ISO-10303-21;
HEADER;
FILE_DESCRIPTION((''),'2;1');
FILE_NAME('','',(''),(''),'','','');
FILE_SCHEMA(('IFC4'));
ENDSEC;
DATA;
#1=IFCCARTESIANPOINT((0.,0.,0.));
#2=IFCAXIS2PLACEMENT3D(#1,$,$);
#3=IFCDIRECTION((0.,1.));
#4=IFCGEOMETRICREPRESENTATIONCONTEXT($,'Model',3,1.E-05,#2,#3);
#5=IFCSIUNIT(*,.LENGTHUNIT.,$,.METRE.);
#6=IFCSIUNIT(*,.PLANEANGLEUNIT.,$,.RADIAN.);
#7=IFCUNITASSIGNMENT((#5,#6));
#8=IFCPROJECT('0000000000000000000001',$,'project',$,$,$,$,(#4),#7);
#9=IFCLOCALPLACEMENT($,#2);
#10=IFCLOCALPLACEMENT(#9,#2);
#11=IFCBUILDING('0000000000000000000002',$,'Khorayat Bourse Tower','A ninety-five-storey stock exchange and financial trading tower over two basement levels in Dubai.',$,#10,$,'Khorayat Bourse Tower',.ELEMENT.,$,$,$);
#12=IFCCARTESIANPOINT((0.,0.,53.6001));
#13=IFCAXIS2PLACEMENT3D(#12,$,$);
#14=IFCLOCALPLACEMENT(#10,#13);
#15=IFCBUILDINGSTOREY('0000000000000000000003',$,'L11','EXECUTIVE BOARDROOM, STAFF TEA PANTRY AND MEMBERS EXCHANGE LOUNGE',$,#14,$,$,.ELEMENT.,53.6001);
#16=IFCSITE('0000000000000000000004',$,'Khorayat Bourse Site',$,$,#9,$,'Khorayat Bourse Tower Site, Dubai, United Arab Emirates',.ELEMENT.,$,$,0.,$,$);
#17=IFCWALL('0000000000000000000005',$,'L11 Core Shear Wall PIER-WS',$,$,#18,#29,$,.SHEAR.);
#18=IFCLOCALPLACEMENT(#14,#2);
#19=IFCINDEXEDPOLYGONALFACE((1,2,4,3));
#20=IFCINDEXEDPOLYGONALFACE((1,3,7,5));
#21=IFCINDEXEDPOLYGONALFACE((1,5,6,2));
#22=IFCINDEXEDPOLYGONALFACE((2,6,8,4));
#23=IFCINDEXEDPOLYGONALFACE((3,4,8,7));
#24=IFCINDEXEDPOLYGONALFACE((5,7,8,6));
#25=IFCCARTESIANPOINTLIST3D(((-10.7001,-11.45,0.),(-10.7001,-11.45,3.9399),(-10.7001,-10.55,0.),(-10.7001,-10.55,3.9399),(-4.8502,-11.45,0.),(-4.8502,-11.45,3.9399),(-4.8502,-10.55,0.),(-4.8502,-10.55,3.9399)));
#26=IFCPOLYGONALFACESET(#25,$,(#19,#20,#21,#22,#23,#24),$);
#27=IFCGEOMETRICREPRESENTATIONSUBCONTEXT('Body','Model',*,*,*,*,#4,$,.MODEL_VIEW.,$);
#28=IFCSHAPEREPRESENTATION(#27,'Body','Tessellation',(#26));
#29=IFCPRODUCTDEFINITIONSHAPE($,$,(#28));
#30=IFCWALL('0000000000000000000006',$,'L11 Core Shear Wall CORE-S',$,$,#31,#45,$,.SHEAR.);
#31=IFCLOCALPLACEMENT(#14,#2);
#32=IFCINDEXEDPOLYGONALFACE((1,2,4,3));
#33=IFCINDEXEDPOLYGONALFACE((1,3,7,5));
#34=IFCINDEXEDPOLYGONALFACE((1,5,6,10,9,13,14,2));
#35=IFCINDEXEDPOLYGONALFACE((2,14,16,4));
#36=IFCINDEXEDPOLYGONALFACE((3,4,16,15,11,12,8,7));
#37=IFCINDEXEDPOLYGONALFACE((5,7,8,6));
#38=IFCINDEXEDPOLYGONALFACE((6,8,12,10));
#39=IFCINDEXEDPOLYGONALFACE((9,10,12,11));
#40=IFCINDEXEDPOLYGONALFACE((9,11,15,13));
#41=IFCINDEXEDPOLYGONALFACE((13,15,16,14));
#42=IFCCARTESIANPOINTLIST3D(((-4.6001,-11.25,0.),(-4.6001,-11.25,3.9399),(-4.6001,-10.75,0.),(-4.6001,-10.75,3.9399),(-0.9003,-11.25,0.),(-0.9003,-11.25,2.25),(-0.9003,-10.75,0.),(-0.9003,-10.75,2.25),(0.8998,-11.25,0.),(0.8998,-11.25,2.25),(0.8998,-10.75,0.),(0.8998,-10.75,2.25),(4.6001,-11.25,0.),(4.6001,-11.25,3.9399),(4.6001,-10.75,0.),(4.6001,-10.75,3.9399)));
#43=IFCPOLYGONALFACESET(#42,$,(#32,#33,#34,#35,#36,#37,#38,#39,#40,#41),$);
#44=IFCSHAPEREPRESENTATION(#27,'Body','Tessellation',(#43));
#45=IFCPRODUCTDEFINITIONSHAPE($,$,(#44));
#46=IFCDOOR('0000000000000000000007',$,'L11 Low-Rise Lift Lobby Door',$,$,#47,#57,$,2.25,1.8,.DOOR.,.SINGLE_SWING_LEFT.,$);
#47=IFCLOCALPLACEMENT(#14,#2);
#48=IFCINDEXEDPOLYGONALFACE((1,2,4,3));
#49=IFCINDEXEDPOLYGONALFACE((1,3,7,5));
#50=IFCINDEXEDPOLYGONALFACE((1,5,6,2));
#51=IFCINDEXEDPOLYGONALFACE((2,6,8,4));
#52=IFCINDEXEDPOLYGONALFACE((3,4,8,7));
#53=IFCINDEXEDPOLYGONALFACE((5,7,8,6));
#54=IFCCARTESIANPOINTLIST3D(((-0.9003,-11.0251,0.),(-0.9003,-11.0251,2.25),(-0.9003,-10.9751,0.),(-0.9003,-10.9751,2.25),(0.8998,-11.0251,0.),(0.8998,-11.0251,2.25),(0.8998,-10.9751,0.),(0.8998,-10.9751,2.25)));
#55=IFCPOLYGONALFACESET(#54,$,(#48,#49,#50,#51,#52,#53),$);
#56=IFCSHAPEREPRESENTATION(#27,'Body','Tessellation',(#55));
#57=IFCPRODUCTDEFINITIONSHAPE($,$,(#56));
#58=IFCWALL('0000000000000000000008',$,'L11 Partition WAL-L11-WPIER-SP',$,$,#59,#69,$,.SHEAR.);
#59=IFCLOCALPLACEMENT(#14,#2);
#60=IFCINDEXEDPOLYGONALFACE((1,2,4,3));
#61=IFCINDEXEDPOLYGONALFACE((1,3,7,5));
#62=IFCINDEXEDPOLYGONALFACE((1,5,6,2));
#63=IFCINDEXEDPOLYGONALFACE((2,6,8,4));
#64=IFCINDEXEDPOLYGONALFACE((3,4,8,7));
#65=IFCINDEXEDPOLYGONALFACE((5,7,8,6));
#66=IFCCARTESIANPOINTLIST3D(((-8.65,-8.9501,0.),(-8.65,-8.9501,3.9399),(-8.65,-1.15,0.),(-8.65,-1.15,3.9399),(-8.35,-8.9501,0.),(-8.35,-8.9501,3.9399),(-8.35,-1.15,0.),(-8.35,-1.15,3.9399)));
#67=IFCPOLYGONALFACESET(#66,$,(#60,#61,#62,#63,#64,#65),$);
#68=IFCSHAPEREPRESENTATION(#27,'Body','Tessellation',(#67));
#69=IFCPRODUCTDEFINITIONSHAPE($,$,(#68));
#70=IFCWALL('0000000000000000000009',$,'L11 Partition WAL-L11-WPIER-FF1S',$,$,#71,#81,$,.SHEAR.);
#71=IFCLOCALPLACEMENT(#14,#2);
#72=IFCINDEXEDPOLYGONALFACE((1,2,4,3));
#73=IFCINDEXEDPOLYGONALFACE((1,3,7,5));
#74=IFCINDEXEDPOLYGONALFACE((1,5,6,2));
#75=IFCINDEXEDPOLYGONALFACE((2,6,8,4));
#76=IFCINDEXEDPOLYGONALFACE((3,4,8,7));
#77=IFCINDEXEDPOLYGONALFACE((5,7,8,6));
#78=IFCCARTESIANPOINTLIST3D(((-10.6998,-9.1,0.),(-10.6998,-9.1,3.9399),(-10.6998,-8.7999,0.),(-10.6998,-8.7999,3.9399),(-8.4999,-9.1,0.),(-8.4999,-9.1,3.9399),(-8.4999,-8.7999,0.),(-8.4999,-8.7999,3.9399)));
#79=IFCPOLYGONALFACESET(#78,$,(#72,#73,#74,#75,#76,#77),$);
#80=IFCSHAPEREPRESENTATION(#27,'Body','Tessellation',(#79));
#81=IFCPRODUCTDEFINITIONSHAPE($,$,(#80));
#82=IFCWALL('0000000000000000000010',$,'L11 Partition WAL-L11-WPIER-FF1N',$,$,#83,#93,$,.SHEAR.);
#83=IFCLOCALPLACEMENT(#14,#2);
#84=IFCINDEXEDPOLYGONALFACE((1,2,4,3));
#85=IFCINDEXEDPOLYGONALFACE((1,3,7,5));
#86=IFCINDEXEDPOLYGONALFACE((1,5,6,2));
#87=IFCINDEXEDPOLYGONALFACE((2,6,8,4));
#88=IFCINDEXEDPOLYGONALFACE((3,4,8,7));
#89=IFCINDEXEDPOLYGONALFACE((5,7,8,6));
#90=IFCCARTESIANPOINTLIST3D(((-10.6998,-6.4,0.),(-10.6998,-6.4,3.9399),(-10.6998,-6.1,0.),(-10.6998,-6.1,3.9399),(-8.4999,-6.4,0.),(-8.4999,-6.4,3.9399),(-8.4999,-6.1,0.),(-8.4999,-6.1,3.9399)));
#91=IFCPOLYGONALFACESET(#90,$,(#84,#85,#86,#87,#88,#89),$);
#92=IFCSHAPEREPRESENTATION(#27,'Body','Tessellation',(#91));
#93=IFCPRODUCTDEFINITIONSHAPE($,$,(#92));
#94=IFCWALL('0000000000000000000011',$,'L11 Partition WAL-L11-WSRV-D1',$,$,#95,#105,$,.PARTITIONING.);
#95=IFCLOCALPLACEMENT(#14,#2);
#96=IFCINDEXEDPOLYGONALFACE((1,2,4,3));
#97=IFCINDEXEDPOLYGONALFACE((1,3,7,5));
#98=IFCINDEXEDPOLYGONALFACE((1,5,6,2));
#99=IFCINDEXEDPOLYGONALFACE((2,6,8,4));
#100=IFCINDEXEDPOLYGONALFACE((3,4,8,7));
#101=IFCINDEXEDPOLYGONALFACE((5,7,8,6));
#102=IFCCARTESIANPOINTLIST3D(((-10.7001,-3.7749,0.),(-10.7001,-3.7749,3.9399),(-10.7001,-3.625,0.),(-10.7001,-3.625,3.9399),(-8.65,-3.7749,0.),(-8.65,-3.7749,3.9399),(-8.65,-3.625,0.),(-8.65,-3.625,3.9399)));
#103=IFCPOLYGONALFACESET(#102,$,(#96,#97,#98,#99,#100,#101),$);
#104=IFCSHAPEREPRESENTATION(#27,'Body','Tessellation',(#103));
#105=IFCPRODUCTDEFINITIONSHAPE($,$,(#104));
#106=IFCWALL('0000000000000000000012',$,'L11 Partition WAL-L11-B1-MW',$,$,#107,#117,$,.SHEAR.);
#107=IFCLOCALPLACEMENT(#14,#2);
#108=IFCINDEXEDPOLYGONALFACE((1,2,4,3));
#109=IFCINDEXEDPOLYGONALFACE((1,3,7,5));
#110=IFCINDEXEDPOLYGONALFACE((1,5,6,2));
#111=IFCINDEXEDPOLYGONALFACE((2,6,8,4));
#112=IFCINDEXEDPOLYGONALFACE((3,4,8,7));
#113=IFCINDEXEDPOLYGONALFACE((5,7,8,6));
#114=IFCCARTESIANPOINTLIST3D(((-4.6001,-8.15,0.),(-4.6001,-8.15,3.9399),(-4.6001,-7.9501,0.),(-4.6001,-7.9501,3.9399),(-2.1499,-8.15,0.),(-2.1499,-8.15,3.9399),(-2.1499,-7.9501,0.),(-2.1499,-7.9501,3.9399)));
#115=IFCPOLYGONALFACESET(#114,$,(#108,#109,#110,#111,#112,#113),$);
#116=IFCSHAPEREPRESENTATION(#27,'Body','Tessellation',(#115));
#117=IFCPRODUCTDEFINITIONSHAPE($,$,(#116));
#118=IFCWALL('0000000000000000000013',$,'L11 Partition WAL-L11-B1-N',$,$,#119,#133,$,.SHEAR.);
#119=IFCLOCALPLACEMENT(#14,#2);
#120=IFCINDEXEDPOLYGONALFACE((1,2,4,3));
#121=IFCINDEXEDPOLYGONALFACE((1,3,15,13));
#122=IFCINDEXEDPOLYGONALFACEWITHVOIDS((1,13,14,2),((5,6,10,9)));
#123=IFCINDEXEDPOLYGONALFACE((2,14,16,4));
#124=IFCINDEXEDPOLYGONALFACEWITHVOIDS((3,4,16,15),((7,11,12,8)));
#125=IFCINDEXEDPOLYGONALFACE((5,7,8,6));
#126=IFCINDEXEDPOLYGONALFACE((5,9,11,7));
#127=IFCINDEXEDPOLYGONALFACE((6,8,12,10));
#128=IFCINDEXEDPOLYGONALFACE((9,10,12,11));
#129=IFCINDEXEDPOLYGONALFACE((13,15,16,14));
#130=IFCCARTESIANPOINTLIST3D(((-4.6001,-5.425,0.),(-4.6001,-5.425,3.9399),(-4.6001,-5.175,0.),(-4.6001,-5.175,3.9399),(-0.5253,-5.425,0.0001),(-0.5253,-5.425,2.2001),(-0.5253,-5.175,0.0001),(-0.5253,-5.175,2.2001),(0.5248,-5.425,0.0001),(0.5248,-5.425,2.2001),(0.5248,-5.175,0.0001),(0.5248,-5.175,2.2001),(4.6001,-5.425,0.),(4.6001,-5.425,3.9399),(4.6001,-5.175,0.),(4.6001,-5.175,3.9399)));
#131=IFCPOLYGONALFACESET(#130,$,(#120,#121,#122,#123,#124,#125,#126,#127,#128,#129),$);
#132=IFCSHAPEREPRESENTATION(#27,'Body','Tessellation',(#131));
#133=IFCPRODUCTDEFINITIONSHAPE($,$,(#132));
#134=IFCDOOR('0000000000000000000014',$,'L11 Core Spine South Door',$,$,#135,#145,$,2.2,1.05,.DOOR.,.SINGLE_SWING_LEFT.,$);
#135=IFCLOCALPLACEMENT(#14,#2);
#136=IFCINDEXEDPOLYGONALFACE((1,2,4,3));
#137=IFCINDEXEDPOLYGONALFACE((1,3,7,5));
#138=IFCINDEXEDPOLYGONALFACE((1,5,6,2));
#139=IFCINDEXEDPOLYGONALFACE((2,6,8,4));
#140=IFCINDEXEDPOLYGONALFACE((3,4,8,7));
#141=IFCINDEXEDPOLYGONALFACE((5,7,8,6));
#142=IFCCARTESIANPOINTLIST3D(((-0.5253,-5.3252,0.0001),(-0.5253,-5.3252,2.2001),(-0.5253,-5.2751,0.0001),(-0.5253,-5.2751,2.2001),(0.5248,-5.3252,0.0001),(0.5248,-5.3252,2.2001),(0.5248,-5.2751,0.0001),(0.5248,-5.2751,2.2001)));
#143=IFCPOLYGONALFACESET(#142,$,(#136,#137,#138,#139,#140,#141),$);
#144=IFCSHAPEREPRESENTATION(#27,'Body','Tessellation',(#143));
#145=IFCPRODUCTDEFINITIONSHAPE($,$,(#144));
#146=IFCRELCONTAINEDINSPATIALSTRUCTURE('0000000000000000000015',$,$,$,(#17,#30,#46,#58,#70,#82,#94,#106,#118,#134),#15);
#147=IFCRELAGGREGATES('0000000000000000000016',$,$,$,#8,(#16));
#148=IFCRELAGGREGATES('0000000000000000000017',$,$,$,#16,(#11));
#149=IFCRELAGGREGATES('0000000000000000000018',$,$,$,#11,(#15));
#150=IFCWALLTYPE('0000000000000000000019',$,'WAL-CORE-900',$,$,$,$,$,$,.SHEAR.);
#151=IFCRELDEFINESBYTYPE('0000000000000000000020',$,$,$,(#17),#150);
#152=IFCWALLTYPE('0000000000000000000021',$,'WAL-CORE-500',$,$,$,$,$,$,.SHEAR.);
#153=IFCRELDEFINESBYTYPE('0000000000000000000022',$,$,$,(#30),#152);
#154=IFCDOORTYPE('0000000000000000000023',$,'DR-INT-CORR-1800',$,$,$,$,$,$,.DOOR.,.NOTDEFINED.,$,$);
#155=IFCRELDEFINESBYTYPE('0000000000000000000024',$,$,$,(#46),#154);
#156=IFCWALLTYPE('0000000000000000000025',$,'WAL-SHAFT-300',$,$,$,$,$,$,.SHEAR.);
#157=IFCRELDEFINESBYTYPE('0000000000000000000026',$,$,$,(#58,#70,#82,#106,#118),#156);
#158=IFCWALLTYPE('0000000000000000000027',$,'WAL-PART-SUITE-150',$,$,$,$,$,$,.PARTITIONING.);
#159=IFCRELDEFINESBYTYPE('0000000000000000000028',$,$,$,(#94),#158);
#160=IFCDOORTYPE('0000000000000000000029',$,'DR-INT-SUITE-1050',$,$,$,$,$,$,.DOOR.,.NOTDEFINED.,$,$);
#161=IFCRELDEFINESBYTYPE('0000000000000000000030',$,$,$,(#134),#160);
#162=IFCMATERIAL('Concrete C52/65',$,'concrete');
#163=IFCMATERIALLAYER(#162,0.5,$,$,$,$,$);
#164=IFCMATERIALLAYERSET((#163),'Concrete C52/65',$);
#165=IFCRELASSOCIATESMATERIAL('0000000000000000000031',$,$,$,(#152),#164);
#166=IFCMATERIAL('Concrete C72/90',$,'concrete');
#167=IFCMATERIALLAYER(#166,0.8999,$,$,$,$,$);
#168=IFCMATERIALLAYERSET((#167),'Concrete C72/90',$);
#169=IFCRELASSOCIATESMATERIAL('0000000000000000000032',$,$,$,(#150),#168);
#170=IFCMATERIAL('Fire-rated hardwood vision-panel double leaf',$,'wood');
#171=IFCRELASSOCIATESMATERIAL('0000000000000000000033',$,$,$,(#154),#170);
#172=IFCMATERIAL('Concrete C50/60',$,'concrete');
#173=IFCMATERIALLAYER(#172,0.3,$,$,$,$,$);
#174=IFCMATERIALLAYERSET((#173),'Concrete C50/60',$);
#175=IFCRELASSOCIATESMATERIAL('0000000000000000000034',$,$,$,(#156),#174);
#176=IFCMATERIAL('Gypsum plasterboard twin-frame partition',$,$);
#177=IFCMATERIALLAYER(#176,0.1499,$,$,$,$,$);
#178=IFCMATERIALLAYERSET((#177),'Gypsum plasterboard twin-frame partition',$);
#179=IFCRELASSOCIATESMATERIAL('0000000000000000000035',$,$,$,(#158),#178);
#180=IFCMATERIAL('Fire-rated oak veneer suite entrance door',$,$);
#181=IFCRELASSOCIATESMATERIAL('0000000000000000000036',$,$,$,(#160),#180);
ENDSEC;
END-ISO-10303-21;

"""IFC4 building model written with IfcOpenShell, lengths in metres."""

from ifc_helpers import new_model, si_unit, direction, frame, frame_2d, origin, place, context, subcontext, project, spatial, rectangle, extrude, source, transform, mapped, material, layer, layer_set, type_object, element, fill, save


model = new_model("IFC4")

# Units and contexts
model_context = context("Model", 3, precision=1e-05, world=origin(), true_north=direction((0.0, 1.0)))
body_context = subcontext(model_context, "Body", "Model", "MODEL_VIEW")
ifc_project = project(units=[si_unit("LENGTHUNIT", "METRE"), si_unit("PLANEANGLEUNIT", "RADIAN")], contexts=[model_context])

# Site, building, storey
site_placement = place(None, origin())
site = spatial("IfcSite", under=ifc_project, at=site_placement, Name="Khorayat Bourse Site", LongName="Khorayat Bourse Tower Site, Dubai, United Arab Emirates", CompositionType="ELEMENT", RefElevation=0.0)
building_placement = place(site_placement, origin())
building = spatial("IfcBuilding", under=site, at=building_placement, Name="Khorayat Bourse Tower", Description="A ninety-five-storey stock exchange and financial trading tower over two basement levels in Dubai.", LongName="Khorayat Bourse Tower", CompositionType="ELEMENT")
storey_placement = place(building_placement, frame((0.0, 0.0, 53.6001)))
storey = spatial("IfcBuildingStorey", under=building, at=storey_placement, Name="L11", Description="EXECUTIVE BOARDROOM, STAFF TEA PANTRY AND MEMBERS EXCHANGE LOUNGE", CompositionType="ELEMENT", Elevation=53.6001)

# Shared definitions
ifc_material_1 = material(Name="Concrete C72/90", Category="concrete")

# Wall
ifc_material_2 = material(Name="Concrete C52/65", Category="concrete")
ifc_layer_1 = layer(ifc_material_2, 0.5)
ifc_layer_set_1 = layer_set([ifc_layer_1], Name="Concrete C52/65")
wall_type_1 = type_object("IfcWallType", Name="WAL-CORE-500", PredefinedType="SHEAR", material=ifc_layer_set_1)
ifc_layer_2 = layer(ifc_material_1, 0.8999)
ifc_layer_set_2 = layer_set([ifc_layer_2], Name="Concrete C72/90")
wall_type_2 = type_object("IfcWallType", Name="WAL-CORE-900", PredefinedType="SHEAR", material=ifc_layer_set_2)
shared_shape_1 = source(origin(), body_context, "Body", "SweptSolid", [
    extrude(rectangle(XDim=5.8499, YDim=0.8999, at=frame_2d((2.9248, 0.0))), origin(), (0.0, 0.0, 1.0), 3.9399),
])
wall_1_placement = place(storey_placement, frame((-10.7, -11.0, 0.0), z_axis=(0.0, 0.0, 1.0), x_axis=(1.0, 0.0, 0.0)))
element("IfcWall", 1, at=wall_1_placement, inside=storey, type_object=wall_type_2, Name="L11 Core Shear Wall PIER-WS", PredefinedType="SHEAR", context=body_context, shape_type="MappedRepresentation", body=[
    mapped(shared_shape_1, transform((0.0, 0.0, 0.0), scale=1.0)),
])

# Wall, opening, door
shared_shape_2 = source(origin(), body_context, "Body", "SweptSolid", [
    extrude(rectangle(XDim=9.2002, YDim=0.5, at=frame_2d((4.6001, 0.0))), origin(), (0.0, 0.0, 1.0), 3.9399),
])
wall_2_placement = place(storey_placement, frame((-4.6001, -11.0, 0.0), z_axis=(0.0, 0.0, 1.0), x_axis=(1.0, 0.0, 0.0)))
wall_2 = element("IfcWall", 2, at=wall_2_placement, inside=storey, type_object=wall_type_1, Name="L11 Core Shear Wall CORE-S", PredefinedType="SHEAR", context=body_context, shape_type="MappedRepresentation", body=[
    mapped(shared_shape_2, transform((0.0, 0.0, 0.0), scale=1.0)),
])
shared_shape_3 = source(origin(), body_context, "Body", "SweptSolid", [
    extrude(rectangle(XDim=1.8, YDim=2.25, at=frame_2d((0.8999, 1.125))), frame((0.0, 0.26, 0.0), z_axis=(0.0, -1.0, 0.0), x_axis=(1.0, 0.0, 0.0)), (0.0, 0.0, 1.0), 0.52),
])
opening_1_placement = place(wall_2_placement, frame((3.7, 0.0, 0.0)))
opening_1 = element("IfcOpeningElement", 3, at=opening_1_placement, cuts=wall_2, PredefinedType="OPENING", context=body_context, shape_type="MappedRepresentation", body=[
    mapped(shared_shape_3, transform((0.0, 0.0, 0.0), scale=1.0)),
])
ifc_material_3 = material(Name="Fire-rated hardwood vision-panel double leaf", Category="wood")
door_type_1 = type_object("IfcDoorType", Name="DR-INT-CORR-1800", OperationType="NOTDEFINED", PredefinedType="DOOR", material=ifc_material_3)
shared_shape_4 = source(origin(), body_context, "Body", "SweptSolid", [
    extrude(rectangle(XDim=1.8, YDim=2.25, at=frame_2d((0.8999, 1.125))), frame((0.0, 0.0249, 0.0), z_axis=(0.0, -1.0, 0.0), x_axis=(1.0, 0.0, 0.0)), (0.0, 0.0, 1.0), 0.05),
])
door_1_placement = place(opening_1_placement, origin())
door_1 = element("IfcDoor", 4, at=door_1_placement, inside=storey, type_object=door_type_1, Name="L11 Low-Rise Lift Lobby Door", OperationType="SINGLE_SWING_LEFT", OverallHeight=2.25, OverallWidth=1.8, PredefinedType="DOOR", context=body_context, shape_type="MappedRepresentation", body=[
    mapped(shared_shape_4, transform((0.0, 0.0, 0.0), scale=1.0)),
])
fill(opening_1, door_1)

# Walls
ifc_material_4 = material(Name="Concrete C50/60", Category="concrete")
ifc_layer_3 = layer(ifc_material_4, 0.3)
ifc_layer_set_3 = layer_set([ifc_layer_3], Name="Concrete C50/60")
wall_type_3 = type_object("IfcWallType", Name="WAL-SHAFT-300", PredefinedType="SHEAR", material=ifc_layer_set_3)
shared_shape_5 = source(origin(), body_context, "Body", "SweptSolid", [
    extrude(rectangle(XDim=7.8, YDim=0.3, at=frame_2d((3.8999, 0.0))), origin(), (0.0, 0.0, 1.0), 3.9399),
])
wall_3_placement = place(storey_placement, frame((-8.5, -8.95, 0.0), z_axis=(0.0, 0.0, 1.0), x_axis=(0.0, 1.0, 0.0)))
element("IfcWall", 5, at=wall_3_placement, inside=storey, type_object=wall_type_3, Name="L11 Partition WAL-L11-WPIER-SP", PredefinedType="SHEAR", context=body_context, shape_type="MappedRepresentation", body=[
    mapped(shared_shape_5, transform((0.0, 0.0, 0.0), scale=1.0)),
])
shared_shape_6 = source(origin(), body_context, "Body", "SweptSolid", [
    extrude(rectangle(XDim=2.2, YDim=0.3, at=frame_2d((1.1001, 0.0))), origin(), (0.0, 0.0, 1.0), 3.9399),
])
for number, where, z_axis, x_axis, name in (
    (6, (-10.7, -8.95, 0.0), (0.0, 0.0, 1.0), (1.0, 0.0, 0.0), "L11 Partition WAL-L11-WPIER-FF1S"),
    (7, (-10.7, -6.25, 0.0), (0.0, 0.0, 1.0), (1.0, 0.0, 0.0), "L11 Partition WAL-L11-WPIER-FF1N"),
):
    element("IfcWall", number, at=place(storey_placement, frame(where, z_axis=z_axis, x_axis=x_axis)), inside=storey, type_object=wall_type_3, Name=name, PredefinedType="SHEAR", context=body_context, shape_type="MappedRepresentation", body=[
        mapped(shared_shape_6, transform((0.0, 0.0, 0.0), scale=1.0)),
    ])
ifc_material_5 = material(Name="Gypsum plasterboard twin-frame partition")
ifc_layer_4 = layer(ifc_material_5, 0.1499)
ifc_layer_set_4 = layer_set([ifc_layer_4], Name="Gypsum plasterboard twin-frame partition")
wall_type_4 = type_object("IfcWallType", Name="WAL-PART-SUITE-150", PredefinedType="PARTITIONING", material=ifc_layer_set_4)
shared_shape_7 = source(origin(), body_context, "Body", "SweptSolid", [
    extrude(rectangle(XDim=2.05, YDim=0.1499, at=frame_2d((1.0249, 0.0))), origin(), (0.0, 0.0, 1.0), 3.9399),
])
wall_4_placement = place(storey_placement, frame((-10.7, -3.7, 0.0), z_axis=(0.0, 0.0, 1.0), x_axis=(1.0, 0.0, 0.0)))
element("IfcWall", 8, at=wall_4_placement, inside=storey, type_object=wall_type_4, Name="L11 Partition WAL-L11-WSRV-D1", PredefinedType="PARTITIONING", context=body_context, shape_type="MappedRepresentation", body=[
    mapped(shared_shape_7, transform((0.0, 0.0, 0.0), scale=1.0)),
])
shared_shape_8 = source(origin(), body_context, "Body", "SweptSolid", [
    extrude(rectangle(XDim=2.4502, YDim=0.2, at=frame_2d((1.2251, 0.0))), origin(), (0.0, 0.0, 1.0), 3.9399),
])
wall_5_placement = place(storey_placement, frame((-4.6001, -8.05, 0.0), z_axis=(0.0, 0.0, 1.0), x_axis=(1.0, 0.0, 0.0)))
element("IfcWall", 9, at=wall_5_placement, inside=storey, type_object=wall_type_3, Name="L11 Partition WAL-L11-B1-MW", PredefinedType="SHEAR", context=body_context, shape_type="MappedRepresentation", body=[
    mapped(shared_shape_8, transform((0.0, 0.0, 0.0), scale=1.0)),
])

# Wall, opening, door
shared_shape_9 = source(origin(), body_context, "Body", "SweptSolid", [
    extrude(rectangle(XDim=9.2002, YDim=0.25, at=frame_2d((4.6001, 0.0))), origin(), (0.0, 0.0, 1.0), 3.9399),
])
wall_6_placement = place(storey_placement, frame((-4.6001, -5.3, 0.0), z_axis=(0.0, 0.0, 1.0), x_axis=(1.0, 0.0, 0.0)))
wall_6 = element("IfcWall", 10, at=wall_6_placement, inside=storey, type_object=wall_type_3, Name="L11 Partition WAL-L11-B1-N", PredefinedType="SHEAR", context=body_context, shape_type="MappedRepresentation", body=[
    mapped(shared_shape_9, transform((0.0, 0.0, 0.0), scale=1.0)),
])
shared_shape_10 = source(origin(), body_context, "Body", "SweptSolid", [
    extrude(rectangle(XDim=1.05, YDim=2.2, at=frame_2d((0.5249, 1.1001))), frame((0.0, 0.135, 0.0), z_axis=(0.0, -1.0, 0.0), x_axis=(1.0, 0.0, 0.0)), (0.0, 0.0, 1.0), 0.27),
])
opening_2_placement = place(wall_6_placement, frame((4.075, 0.0, 0.0)))
opening_2 = element("IfcOpeningElement", 11, at=opening_2_placement, cuts=wall_6, PredefinedType="OPENING", context=body_context, shape_type="MappedRepresentation", body=[
    mapped(shared_shape_10, transform((0.0, 0.0, 0.0), scale=1.0)),
])
ifc_material_6 = material(Name="Fire-rated oak veneer suite entrance door")
door_type_2 = type_object("IfcDoorType", Name="DR-INT-SUITE-1050", OperationType="NOTDEFINED", PredefinedType="DOOR", material=ifc_material_6)
shared_shape_11 = source(origin(), body_context, "Body", "SweptSolid", [
    extrude(rectangle(XDim=1.05, YDim=2.2, at=frame_2d((0.5249, 1.1001))), frame((0.0, 0.0249, 0.0), z_axis=(0.0, -1.0, 0.0), x_axis=(1.0, 0.0, 0.0)), (0.0, 0.0, 1.0), 0.05),
])
door_2_placement = place(opening_2_placement, origin())
door_2 = element("IfcDoor", 12, at=door_2_placement, inside=storey, type_object=door_type_2, Name="L11 Core Spine South Door", OperationType="SINGLE_SWING_LEFT", OverallHeight=2.2, OverallWidth=1.05, PredefinedType="DOOR", context=body_context, shape_type="MappedRepresentation", body=[
    mapped(shared_shape_11, transform((0.0, 0.0, 0.0), scale=1.0)),
])
fill(opening_2, door_2)

save(model, "model.ifc")
